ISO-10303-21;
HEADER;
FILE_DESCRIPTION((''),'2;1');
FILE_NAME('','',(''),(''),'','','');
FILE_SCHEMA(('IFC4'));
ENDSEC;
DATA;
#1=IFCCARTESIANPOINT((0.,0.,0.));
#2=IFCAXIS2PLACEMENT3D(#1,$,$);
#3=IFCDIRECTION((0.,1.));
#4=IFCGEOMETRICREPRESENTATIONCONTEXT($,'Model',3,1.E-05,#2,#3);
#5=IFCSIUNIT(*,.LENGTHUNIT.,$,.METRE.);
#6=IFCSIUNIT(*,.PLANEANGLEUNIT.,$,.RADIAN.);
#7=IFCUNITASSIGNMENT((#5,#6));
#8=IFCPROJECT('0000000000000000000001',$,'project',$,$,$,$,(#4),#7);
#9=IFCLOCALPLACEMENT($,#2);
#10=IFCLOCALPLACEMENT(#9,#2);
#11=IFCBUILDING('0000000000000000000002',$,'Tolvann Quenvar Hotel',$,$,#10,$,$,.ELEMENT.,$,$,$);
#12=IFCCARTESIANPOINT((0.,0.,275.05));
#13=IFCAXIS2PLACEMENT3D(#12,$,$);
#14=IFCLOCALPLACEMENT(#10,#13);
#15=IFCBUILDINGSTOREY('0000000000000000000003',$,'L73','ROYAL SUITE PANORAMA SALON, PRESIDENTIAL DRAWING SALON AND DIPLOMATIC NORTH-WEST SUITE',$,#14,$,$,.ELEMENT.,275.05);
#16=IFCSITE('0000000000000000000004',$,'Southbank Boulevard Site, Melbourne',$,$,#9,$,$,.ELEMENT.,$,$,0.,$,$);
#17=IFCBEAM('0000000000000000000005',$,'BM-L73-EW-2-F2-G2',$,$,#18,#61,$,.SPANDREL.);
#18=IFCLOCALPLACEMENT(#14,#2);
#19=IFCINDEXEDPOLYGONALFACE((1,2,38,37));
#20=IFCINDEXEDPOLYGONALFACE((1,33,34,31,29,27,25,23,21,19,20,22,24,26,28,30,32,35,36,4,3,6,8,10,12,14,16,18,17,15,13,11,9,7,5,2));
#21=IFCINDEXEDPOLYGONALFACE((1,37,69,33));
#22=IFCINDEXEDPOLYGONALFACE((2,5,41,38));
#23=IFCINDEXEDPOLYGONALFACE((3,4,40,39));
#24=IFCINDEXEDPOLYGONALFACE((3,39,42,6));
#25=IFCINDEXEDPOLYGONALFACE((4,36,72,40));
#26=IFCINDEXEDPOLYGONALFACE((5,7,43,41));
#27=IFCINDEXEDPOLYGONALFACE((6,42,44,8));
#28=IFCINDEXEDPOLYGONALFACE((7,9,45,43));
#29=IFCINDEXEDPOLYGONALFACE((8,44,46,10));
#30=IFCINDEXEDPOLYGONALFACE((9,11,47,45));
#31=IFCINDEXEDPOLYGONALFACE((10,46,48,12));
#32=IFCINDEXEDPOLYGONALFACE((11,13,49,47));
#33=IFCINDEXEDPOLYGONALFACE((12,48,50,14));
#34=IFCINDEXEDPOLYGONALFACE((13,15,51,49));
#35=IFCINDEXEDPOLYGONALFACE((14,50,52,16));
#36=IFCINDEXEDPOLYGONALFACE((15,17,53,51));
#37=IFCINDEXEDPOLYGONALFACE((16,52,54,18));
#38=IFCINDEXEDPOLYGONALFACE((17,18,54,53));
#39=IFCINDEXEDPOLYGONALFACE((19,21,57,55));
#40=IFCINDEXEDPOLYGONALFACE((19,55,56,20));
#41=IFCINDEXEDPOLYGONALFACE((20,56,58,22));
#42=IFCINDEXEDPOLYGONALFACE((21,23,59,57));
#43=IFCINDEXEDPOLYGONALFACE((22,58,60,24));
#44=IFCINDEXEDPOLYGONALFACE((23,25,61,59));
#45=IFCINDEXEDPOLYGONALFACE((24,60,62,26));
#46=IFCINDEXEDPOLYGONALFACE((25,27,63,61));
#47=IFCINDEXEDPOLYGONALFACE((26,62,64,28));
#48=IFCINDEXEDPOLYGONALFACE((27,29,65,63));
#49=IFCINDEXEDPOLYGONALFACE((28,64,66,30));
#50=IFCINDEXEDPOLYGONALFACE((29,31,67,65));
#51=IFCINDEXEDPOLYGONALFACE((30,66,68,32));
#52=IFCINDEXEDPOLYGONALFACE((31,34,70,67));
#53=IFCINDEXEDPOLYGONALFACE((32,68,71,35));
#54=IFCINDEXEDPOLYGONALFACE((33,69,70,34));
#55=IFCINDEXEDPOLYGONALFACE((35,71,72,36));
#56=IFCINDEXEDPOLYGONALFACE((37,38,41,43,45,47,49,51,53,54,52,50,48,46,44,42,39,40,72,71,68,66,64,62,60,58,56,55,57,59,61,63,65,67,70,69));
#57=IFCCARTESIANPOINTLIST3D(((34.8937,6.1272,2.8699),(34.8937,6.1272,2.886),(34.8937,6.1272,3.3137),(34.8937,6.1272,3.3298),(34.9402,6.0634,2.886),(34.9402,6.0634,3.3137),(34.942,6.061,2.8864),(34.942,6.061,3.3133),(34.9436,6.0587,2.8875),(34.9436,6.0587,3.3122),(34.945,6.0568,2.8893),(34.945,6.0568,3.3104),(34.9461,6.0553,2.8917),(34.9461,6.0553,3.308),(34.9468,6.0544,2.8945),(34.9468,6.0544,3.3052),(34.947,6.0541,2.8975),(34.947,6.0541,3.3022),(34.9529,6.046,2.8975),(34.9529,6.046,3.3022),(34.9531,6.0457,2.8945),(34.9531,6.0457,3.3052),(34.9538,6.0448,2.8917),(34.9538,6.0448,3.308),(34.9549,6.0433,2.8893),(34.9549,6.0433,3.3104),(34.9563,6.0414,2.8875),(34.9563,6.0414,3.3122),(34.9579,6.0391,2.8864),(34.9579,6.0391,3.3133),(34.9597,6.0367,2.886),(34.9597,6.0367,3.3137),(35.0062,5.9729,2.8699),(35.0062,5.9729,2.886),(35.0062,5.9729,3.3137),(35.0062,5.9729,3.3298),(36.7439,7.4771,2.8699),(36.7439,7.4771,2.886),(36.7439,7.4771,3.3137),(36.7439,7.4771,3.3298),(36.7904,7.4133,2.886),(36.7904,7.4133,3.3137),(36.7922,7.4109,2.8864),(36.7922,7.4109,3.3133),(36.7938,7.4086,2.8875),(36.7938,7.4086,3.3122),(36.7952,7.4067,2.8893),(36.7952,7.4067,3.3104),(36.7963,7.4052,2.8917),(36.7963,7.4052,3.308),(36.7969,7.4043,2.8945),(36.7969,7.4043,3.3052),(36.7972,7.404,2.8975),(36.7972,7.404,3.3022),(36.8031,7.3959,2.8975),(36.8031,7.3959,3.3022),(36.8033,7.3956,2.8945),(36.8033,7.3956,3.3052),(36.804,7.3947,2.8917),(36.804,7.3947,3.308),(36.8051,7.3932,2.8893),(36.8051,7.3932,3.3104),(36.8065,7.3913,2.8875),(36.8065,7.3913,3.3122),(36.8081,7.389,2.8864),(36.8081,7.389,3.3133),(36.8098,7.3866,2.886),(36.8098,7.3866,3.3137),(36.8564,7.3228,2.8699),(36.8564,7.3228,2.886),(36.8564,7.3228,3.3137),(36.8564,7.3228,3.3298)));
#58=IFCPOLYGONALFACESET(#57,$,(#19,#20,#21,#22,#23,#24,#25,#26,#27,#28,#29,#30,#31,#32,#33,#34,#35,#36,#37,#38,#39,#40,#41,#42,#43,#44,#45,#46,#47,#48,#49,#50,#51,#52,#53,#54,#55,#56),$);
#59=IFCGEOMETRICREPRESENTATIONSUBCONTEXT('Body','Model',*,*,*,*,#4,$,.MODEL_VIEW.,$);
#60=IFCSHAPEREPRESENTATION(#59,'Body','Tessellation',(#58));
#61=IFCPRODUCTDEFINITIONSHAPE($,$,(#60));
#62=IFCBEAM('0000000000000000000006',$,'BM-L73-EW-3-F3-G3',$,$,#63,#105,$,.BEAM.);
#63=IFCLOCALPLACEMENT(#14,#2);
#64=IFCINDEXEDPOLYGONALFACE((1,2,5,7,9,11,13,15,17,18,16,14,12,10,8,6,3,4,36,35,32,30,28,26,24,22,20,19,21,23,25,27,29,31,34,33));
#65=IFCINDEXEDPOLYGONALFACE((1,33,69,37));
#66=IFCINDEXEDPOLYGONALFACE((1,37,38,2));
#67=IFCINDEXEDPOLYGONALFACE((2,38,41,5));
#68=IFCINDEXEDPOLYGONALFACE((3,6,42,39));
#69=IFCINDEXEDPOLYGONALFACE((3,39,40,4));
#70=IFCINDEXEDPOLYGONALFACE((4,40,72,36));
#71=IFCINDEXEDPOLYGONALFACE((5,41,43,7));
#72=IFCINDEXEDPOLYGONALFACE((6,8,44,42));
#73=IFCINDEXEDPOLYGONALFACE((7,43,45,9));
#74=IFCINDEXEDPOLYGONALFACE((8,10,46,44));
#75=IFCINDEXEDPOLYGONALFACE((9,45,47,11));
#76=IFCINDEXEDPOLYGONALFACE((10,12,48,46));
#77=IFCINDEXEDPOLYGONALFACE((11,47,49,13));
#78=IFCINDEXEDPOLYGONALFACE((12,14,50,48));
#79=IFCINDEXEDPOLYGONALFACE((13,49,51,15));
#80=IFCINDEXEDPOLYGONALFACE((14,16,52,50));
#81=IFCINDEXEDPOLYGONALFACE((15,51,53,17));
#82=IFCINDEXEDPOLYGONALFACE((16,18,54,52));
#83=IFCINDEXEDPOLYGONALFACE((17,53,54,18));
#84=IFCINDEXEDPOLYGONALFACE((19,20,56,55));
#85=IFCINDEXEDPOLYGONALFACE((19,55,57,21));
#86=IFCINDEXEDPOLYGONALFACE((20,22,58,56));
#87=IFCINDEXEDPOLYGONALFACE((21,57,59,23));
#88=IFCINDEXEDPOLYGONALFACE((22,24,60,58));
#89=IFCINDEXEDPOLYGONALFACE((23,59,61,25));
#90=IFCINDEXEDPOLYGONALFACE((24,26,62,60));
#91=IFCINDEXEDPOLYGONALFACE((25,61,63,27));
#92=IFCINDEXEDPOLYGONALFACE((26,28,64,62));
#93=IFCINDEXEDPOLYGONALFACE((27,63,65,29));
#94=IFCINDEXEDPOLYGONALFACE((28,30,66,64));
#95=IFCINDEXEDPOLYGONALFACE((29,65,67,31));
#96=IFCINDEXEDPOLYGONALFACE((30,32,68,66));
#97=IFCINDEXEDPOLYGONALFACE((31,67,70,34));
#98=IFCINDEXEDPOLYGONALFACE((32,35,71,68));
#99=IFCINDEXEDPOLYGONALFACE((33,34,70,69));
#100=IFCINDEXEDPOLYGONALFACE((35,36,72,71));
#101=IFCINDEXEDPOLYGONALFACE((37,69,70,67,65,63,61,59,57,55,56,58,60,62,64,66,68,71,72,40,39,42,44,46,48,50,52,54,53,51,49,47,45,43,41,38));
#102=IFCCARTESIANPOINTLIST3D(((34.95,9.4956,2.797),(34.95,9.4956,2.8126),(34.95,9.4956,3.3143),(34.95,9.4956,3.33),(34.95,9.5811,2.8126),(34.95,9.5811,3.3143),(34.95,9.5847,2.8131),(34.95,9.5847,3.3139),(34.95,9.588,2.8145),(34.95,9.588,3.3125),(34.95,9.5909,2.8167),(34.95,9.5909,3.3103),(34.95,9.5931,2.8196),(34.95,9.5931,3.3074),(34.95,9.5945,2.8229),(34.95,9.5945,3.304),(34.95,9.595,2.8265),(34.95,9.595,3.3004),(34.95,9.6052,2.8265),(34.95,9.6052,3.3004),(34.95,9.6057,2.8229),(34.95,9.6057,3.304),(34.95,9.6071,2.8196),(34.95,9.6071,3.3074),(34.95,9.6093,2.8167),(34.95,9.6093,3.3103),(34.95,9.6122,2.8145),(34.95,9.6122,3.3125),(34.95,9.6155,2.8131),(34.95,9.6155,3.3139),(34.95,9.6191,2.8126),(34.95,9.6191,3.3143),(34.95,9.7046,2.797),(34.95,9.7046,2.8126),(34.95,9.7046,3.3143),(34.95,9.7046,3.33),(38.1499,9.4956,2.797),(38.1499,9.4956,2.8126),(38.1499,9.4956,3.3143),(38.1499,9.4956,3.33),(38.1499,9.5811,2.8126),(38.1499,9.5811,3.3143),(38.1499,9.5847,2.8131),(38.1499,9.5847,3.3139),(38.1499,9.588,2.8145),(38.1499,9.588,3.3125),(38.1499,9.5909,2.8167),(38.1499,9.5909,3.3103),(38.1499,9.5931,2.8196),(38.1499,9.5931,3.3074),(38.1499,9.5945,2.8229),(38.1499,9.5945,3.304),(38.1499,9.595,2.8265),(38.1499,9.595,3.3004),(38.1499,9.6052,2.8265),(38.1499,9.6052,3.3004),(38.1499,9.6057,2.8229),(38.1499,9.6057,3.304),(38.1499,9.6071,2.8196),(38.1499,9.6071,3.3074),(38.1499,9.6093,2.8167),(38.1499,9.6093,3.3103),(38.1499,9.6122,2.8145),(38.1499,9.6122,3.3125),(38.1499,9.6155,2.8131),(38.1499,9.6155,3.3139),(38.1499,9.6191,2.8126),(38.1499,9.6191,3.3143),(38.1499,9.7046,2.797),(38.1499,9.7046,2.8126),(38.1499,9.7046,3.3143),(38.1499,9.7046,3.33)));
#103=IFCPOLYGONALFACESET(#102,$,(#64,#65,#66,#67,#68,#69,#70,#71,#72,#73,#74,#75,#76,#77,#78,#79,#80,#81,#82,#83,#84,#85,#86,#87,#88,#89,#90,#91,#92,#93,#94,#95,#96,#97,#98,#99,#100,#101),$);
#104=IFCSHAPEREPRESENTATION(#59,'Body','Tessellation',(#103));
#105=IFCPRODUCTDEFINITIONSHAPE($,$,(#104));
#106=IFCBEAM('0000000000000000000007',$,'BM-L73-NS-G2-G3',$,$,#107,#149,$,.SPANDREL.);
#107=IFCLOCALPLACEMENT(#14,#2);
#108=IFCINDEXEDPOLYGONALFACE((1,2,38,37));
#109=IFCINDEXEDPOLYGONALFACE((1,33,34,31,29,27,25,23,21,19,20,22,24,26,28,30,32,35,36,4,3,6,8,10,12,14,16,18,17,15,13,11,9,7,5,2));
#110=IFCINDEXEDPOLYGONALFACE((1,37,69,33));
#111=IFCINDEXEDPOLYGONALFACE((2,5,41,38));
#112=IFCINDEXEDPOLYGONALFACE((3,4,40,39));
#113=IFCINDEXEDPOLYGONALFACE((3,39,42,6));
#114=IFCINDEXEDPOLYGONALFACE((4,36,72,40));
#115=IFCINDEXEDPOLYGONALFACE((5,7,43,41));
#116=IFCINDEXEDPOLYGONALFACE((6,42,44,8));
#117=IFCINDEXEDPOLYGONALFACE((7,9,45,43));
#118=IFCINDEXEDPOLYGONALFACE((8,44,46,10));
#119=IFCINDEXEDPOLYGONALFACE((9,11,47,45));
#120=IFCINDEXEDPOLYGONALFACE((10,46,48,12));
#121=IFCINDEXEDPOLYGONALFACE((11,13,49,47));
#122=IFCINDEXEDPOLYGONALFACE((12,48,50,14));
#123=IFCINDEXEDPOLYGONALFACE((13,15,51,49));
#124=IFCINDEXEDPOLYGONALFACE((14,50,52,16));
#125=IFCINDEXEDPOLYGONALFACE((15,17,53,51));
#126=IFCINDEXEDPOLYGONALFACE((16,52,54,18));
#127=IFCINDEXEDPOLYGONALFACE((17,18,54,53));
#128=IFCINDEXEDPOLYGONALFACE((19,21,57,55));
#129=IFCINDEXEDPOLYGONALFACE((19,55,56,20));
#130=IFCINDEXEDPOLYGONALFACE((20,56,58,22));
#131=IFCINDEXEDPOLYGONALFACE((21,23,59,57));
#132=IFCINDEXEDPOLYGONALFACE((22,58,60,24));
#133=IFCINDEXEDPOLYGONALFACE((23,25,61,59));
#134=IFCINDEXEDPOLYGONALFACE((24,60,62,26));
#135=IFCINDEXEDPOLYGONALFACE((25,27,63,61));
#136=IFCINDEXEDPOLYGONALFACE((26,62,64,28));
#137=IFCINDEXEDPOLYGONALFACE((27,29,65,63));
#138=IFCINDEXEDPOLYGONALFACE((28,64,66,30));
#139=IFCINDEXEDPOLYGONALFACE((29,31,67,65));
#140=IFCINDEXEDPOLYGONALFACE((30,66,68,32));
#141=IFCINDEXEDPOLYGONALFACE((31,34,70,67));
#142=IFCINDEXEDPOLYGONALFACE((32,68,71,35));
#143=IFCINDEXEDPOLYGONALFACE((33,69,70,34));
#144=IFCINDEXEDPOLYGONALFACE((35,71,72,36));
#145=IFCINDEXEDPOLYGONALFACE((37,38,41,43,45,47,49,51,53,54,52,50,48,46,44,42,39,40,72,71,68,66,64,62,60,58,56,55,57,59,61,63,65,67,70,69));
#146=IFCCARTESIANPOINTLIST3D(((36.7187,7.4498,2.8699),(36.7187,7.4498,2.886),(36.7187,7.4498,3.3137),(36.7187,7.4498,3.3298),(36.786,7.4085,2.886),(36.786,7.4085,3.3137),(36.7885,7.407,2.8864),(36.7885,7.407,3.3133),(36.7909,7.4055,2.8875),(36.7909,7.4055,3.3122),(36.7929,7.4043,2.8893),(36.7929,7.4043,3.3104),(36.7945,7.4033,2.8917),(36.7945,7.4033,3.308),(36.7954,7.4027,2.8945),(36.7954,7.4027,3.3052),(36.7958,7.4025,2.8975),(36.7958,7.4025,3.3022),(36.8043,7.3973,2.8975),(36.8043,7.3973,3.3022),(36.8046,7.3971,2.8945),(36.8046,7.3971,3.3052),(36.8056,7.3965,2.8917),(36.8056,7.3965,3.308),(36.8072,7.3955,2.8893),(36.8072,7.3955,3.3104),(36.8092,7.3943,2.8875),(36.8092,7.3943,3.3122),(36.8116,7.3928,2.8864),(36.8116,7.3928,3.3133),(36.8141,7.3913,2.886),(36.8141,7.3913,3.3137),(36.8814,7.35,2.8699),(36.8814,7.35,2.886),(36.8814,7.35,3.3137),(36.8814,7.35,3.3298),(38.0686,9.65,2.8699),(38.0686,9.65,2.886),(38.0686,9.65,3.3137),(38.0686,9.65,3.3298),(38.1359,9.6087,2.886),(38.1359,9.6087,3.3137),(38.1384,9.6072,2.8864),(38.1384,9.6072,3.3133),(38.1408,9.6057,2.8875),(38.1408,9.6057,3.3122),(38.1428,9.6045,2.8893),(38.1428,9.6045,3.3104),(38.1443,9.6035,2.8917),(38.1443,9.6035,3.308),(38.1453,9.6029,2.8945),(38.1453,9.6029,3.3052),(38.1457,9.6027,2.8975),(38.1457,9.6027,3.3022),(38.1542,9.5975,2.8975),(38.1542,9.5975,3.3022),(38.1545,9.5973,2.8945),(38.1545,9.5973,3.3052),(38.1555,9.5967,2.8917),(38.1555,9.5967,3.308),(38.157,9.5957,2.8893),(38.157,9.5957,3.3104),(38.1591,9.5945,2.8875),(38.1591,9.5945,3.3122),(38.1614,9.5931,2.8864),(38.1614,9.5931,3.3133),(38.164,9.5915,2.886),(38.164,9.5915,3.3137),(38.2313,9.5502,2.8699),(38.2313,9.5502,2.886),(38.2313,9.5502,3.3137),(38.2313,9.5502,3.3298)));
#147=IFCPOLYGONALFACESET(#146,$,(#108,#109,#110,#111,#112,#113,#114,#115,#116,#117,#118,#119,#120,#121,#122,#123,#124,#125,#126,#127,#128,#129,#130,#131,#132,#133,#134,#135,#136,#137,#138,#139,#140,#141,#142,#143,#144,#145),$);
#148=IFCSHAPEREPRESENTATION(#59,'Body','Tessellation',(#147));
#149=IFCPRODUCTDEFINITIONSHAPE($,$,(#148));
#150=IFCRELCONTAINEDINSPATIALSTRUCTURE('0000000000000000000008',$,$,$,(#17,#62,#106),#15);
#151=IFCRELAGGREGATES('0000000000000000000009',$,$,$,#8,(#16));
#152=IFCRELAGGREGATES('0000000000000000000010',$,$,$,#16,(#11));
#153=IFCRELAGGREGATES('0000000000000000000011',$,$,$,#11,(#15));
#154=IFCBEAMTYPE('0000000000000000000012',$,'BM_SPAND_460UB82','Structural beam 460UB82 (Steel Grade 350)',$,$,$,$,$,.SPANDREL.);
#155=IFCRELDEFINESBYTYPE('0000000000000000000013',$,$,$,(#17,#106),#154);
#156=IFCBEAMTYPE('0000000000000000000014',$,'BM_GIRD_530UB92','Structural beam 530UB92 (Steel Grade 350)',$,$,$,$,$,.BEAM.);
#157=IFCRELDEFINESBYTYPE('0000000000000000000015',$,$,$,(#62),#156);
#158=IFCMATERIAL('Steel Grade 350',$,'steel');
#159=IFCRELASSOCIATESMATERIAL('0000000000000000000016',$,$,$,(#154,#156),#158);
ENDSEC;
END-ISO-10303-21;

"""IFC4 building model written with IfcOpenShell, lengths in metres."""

from ifc_helpers import new_model, si_unit, direction, frame, origin, origin_2d, place, context, subcontext, project, spatial, i_section, extrude, source, transform, mapped, material, material_profile, profile_set, type_object, type_shapes, element, save


model = new_model("IFC4")

# Units and contexts
model_context = context("Model", 3, precision=1e-05, world=origin(), true_north=direction((0.0, 1.0)))
body_context = subcontext(model_context, "Body", "Model", "MODEL_VIEW")
ifc_project = project(units=[si_unit("LENGTHUNIT", "METRE"), si_unit("PLANEANGLEUNIT", "RADIAN")], contexts=[model_context])

# Site, building, storey
site_placement = place(None, origin())
site = spatial("IfcSite", under=ifc_project, at=site_placement, Name="Southbank Boulevard Site, Melbourne", CompositionType="ELEMENT", RefElevation=0.0)
building_placement = place(site_placement, origin())
building = spatial("IfcBuilding", under=site, at=building_placement, Name="Tolvann Quenvar Hotel", CompositionType="ELEMENT")
storey_placement = place(building_placement, frame((0.0, 0.0, 275.05)))
storey = spatial("IfcBuildingStorey", under=building, at=storey_placement, Name="L73", Description="ROYAL SUITE PANORAMA SALON, PRESIDENTIAL DRAWING SALON AND DIPLOMATIC NORTH-WEST SUITE", CompositionType="ELEMENT", Elevation=275.05)

# Shared definitions
ifc_material_1 = material(Name="Steel Grade 350", Category="steel")

# Beams
ifc_material_profile_1 = material_profile(ifc_material_1, i_section(OverallWidth=0.1909, OverallDepth=0.46, WebThickness=0.01, FlangeThickness=0.0161, FilletRadius=0.0115, at=origin_2d()), Name="460UB82")
ifc_profile_set_1 = profile_set([ifc_material_profile_1], Name="Steel Grade 350")
beam_type_1 = type_object("IfcBeamType", Name="BM_SPAND_460UB82", Description="Structural beam 460UB82 (Steel Grade 350)", PredefinedType="SPANDREL", material=ifc_profile_set_1)
shared_shape_1 = source(origin(), body_context, "Body", "SweptSolid", [
    extrude(i_section(OverallWidth=0.1909, OverallDepth=0.46, WebThickness=0.01, FlangeThickness=0.0161, FilletRadius=0.0115, at=origin_2d()), origin(), (0.0, 0.0, 1.0), 2.2903),
])
beam_1_placement = place(storey_placement, frame((34.95, 6.05, 3.0999), z_axis=(0.807836, 0.589407, 0.0), x_axis=(-0.589407, 0.807836, 0.0)))
element("IfcBeam", 1, at=beam_1_placement, inside=storey, type_object=beam_type_1, Name="BM-L73-EW-2-F2-G2", PredefinedType="SPANDREL", context=body_context, shape_type="MappedRepresentation", body=[
    mapped(shared_shape_1, transform((0.0, 0.0, 0.0), x_axis=(1.0, 0.0, 0.0), y_axis=(0.0, 1.0, 0.0), z_axis=(0.0, 0.0, 1.0), scale=1.0)),
])
ifc_material_profile_2 = material_profile(ifc_material_1, i_section(OverallWidth=0.209, OverallDepth=0.533, WebThickness=0.0103, FlangeThickness=0.0156, FilletRadius=0.0139, at=origin_2d()), Name="530UB92")
ifc_profile_set_2 = profile_set([ifc_material_profile_2], Name="Steel Grade 350")
beam_type_2 = type_object("IfcBeamType", Name="BM_GIRD_530UB92", Description="Structural beam 530UB92 (Steel Grade 350)", PredefinedType="BEAM", material=ifc_profile_set_2)
shared_shape_2 = source(origin(), body_context, "Body", "SweptSolid", [
    extrude(i_section(OverallWidth=0.209, OverallDepth=0.533, WebThickness=0.0103, FlangeThickness=0.0156, FilletRadius=0.0139, at=origin_2d()), origin(), (0.0, 0.0, 1.0), 3.2),
])
beam_2_placement = place(storey_placement, frame((34.95, 9.6001, 3.0635), z_axis=(1.0, 0.0, 0.0), x_axis=(0.0, 1.0, 0.0)))
element("IfcBeam", 2, at=beam_2_placement, inside=storey, type_object=beam_type_2, Name="BM-L73-EW-3-F3-G3", PredefinedType="BEAM", context=body_context, shape_type="MappedRepresentation", body=[
    mapped(shared_shape_2, transform((0.0, 0.0, 0.0), x_axis=(1.0, 0.0, 0.0), y_axis=(0.0, 1.0, 0.0), z_axis=(0.0, 0.0, 1.0), scale=1.0)),
])
shared_shape_3 = source(origin(), body_context, "Body", "SweptSolid", [
    extrude(i_section(OverallWidth=0.1909, OverallDepth=0.46, WebThickness=0.01, FlangeThickness=0.0161, FilletRadius=0.0115, at=origin_2d()), origin(), (0.0, 0.0, 1.0), 2.5813),
])
type_shapes(beam_type_1, [shared_shape_1, shared_shape_3])
beam_3_placement = place(storey_placement, frame((36.8, 7.3999, 3.0999), z_axis=(0.522941, 0.852369, 0.0), x_axis=(-0.852369, 0.522941, 0.0)))
element("IfcBeam", 3, at=beam_3_placement, inside=storey, type_object=beam_type_1, Name="BM-L73-NS-G2-G3", PredefinedType="SPANDREL", context=body_context, shape_type="MappedRepresentation", body=[
    mapped(shared_shape_3, transform((0.0, 0.0, 0.0), x_axis=(1.0, 0.0, 0.0), y_axis=(0.0, 1.0, 0.0), z_axis=(0.0, 0.0, 1.0), scale=1.0)),
])

save(model, "model.ifc")
